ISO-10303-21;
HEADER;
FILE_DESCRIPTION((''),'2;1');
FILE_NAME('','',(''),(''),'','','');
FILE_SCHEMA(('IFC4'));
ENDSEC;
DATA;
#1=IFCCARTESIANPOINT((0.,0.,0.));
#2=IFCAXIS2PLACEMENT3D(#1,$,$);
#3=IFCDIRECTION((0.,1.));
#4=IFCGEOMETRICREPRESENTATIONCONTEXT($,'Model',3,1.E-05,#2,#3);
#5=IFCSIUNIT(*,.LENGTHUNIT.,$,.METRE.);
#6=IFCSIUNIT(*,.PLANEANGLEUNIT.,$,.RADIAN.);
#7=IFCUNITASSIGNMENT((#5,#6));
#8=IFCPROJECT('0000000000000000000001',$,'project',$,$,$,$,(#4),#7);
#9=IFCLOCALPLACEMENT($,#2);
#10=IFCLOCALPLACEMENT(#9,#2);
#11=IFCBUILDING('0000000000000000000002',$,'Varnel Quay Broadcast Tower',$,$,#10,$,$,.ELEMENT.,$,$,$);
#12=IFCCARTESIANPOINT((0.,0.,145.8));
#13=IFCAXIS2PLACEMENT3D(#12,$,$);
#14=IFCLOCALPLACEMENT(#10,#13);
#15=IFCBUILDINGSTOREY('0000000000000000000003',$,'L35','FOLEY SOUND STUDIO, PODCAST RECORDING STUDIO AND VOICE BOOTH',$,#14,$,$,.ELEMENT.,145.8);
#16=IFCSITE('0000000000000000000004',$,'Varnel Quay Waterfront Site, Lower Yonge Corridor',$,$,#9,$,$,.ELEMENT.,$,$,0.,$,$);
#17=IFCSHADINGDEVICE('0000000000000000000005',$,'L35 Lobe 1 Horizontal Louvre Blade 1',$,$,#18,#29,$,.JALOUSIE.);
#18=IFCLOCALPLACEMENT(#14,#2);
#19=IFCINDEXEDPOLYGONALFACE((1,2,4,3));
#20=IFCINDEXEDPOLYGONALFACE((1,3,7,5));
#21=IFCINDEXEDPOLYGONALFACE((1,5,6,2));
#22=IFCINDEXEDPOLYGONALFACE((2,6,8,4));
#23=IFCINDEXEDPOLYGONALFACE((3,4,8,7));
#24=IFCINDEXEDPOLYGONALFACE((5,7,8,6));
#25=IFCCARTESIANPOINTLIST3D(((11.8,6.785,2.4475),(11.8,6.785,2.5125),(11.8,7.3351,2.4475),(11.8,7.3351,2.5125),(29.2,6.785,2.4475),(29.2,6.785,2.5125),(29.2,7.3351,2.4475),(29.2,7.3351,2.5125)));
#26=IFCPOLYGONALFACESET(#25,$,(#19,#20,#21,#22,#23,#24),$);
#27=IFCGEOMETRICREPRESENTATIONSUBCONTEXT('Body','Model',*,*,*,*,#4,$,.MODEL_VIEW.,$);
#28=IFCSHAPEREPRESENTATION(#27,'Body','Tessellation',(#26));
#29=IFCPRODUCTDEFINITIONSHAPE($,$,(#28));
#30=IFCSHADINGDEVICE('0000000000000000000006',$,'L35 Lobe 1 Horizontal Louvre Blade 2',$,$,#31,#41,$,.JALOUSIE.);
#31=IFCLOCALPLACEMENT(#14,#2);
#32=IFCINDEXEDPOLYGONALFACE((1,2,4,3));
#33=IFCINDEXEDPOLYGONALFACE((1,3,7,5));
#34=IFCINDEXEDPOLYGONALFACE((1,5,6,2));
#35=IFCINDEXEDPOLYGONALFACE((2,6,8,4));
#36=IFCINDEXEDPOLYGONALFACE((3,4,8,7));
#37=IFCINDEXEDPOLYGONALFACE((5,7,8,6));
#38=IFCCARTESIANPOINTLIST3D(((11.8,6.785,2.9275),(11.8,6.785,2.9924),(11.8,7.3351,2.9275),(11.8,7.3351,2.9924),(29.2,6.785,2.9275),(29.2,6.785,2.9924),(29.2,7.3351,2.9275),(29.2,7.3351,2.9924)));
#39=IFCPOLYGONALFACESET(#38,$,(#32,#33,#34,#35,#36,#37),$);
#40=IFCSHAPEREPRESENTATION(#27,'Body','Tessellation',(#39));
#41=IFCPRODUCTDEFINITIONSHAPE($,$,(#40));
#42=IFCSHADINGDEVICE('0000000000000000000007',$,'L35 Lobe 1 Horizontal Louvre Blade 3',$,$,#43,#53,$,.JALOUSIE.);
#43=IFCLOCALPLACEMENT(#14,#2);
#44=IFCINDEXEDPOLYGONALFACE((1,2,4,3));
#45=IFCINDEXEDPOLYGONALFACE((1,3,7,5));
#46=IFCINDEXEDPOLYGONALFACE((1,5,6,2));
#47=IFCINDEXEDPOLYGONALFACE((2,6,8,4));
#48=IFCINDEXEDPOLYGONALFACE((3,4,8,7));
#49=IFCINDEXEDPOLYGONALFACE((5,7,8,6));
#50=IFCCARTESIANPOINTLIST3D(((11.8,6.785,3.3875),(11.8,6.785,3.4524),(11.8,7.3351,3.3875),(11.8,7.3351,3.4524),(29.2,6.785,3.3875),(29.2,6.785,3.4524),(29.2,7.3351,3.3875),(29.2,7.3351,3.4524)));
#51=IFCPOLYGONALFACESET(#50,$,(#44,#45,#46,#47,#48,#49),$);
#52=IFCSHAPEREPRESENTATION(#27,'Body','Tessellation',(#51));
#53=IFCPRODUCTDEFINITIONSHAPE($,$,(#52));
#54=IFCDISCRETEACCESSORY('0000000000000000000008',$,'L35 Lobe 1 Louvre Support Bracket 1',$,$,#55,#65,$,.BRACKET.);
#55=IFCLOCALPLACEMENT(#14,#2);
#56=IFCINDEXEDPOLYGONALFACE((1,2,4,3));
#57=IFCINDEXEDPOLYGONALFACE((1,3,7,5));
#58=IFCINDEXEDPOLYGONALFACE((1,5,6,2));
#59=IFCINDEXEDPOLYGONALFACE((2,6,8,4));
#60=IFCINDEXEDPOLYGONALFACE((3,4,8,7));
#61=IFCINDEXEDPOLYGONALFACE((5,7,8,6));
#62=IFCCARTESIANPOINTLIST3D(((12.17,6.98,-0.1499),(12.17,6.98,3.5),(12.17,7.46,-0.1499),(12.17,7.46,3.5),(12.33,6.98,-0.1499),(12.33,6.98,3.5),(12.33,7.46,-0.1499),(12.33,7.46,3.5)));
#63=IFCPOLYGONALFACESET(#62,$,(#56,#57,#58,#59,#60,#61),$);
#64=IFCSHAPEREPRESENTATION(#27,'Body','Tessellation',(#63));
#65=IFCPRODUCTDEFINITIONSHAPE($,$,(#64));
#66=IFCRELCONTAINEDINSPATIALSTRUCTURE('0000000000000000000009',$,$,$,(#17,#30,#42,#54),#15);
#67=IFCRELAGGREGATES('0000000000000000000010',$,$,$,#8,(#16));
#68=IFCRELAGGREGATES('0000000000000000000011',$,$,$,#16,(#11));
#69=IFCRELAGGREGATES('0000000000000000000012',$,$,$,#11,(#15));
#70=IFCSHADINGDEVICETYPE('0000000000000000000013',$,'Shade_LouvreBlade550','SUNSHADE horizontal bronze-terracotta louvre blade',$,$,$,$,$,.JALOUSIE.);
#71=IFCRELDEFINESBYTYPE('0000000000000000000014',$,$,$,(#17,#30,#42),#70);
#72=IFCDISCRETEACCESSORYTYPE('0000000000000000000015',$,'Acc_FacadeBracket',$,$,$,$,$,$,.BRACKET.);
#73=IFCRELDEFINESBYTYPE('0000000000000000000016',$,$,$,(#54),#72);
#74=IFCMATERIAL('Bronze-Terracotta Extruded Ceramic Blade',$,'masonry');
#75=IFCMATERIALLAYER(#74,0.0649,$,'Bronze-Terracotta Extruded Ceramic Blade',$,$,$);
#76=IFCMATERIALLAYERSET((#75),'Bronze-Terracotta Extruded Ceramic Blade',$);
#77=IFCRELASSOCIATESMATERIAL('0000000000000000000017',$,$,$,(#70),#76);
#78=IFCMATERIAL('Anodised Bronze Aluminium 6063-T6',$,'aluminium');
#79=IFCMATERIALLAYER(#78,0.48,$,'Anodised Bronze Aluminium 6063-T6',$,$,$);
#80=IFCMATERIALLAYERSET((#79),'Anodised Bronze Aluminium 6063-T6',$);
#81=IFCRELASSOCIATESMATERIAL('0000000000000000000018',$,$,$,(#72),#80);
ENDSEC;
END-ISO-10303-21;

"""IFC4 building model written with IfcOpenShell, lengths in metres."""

from ifc_helpers import new_model, si_unit, direction, frame, origin, origin_2d, place, context, subcontext, project, spatial, rectangle, extrude, source, transform, mapped, material, layer, layer_set, type_object, type_shapes, element, save


model = new_model("IFC4")

# Units and contexts
model_context = context("Model", 3, precision=1e-05, world=origin(), true_north=direction((0.0, 1.0)))
body_context = subcontext(model_context, "Body", "Model", "MODEL_VIEW")
ifc_project = project(units=[si_unit("LENGTHUNIT", "METRE"), si_unit("PLANEANGLEUNIT", "RADIAN")], contexts=[model_context])

# Site, building, storey
site_placement = place(None, origin())
site = spatial("IfcSite", under=ifc_project, at=site_placement, Name="Varnel Quay Waterfront Site, Lower Yonge Corridor", CompositionType="ELEMENT", RefElevation=0.0)
building_placement = place(site_placement, origin())
building = spatial("IfcBuilding", under=site, at=building_placement, Name="Varnel Quay Broadcast Tower", CompositionType="ELEMENT")
storey_placement = place(building_placement, frame((0.0, 0.0, 145.8)))
storey = spatial("IfcBuildingStorey", under=building, at=storey_placement, Name="L35", Description="FOLEY SOUND STUDIO, PODCAST RECORDING STUDIO AND VOICE BOOTH", CompositionType="ELEMENT", Elevation=145.8)

# Shared definitions
ifc_material_1 = material(Name="Anodised Bronze Aluminium 6063-T6", Category="aluminium")

# Shared definitions
ifc_material_2 = material(Name="Bronze-Terracotta Extruded Ceramic Blade", Category="masonry")

# Shading devices
ifc_layer_1 = layer(ifc_material_2, 0.0649, Name="Bronze-Terracotta Extruded Ceramic Blade")
ifc_layer_set_1 = layer_set([ifc_layer_1], Name="Bronze-Terracotta Extruded Ceramic Blade")
shading_device_type = type_object("IfcShadingDeviceType", Name="Shade_LouvreBlade550", Description="SUNSHADE horizontal bronze-terracotta louvre blade", PredefinedType="JALOUSIE", material=ifc_layer_set_1)
shared_shape_1 = source(origin(), body_context, "Body", "SweptSolid", [
    extrude(rectangle(XDim=17.3999, YDim=0.55, at=origin_2d()), origin(), (0.0, 0.0, 1.0), 0.0649),
])
type_shapes(shading_device_type, [shared_shape_1])
for number, where, z_axis, x_axis, name in (
    (1, (20.5, 7.0601, 2.4475), (0.0, 0.0, 1.0), (1.0, 0.0, 0.0), "L35 Lobe 1 Horizontal Louvre Blade 1"),
    (2, (20.5, 7.0601, 2.9275), (0.0, 0.0, 1.0), (1.0, 0.0, 0.0), "L35 Lobe 1 Horizontal Louvre Blade 2"),
    (3, (20.5, 7.0601, 3.3875), (0.0, 0.0, 1.0), (1.0, 0.0, 0.0), "L35 Lobe 1 Horizontal Louvre Blade 3"),
):
    element("IfcShadingDevice", number, at=place(storey_placement, frame(where, z_axis=z_axis, x_axis=x_axis)), inside=storey, type_object=shading_device_type, Name=name, PredefinedType="JALOUSIE", context=body_context, shape_type="MappedRepresentation", body=[
        mapped(shared_shape_1, transform((0.0, 0.0, 0.0), x_axis=(1.0, 0.0, 0.0), y_axis=(0.0, 1.0, 0.0), z_axis=(0.0, 0.0, 1.0), scale=1.0)),
    ])

# Discrete accessory
ifc_layer_2 = layer(ifc_material_1, 0.48, Name="Anodised Bronze Aluminium 6063-T6")
ifc_layer_set_2 = layer_set([ifc_layer_2], Name="Anodised Bronze Aluminium 6063-T6")
discrete_accessory_type = type_object("IfcDiscreteAccessoryType", Name="Acc_FacadeBracket", PredefinedType="BRACKET", material=ifc_layer_set_2)
shared_shape_2 = source(origin(), body_context, "Body", "SweptSolid", [
    extrude(rectangle(XDim=0.1599, YDim=0.48, at=origin_2d()), origin(), (0.0, 0.0, 1.0), 3.6499),
])
type_shapes(discrete_accessory_type, [shared_shape_2])
discrete_accessory_placement = place(storey_placement, frame((12.25, 7.22, -0.1499), z_axis=(0.0, 0.0, 1.0), x_axis=(1.0, 0.0, 0.0)))
element("IfcDiscreteAccessory", 4, at=discrete_accessory_placement, inside=storey, type_object=discrete_accessory_type, Name="L35 Lobe 1 Louvre Support Bracket 1", PredefinedType="BRACKET", context=body_context, shape_type="MappedRepresentation", body=[
    mapped(shared_shape_2, transform((0.0, 0.0, 0.0), x_axis=(1.0, 0.0, 0.0), y_axis=(0.0, 1.0, 0.0), z_axis=(0.0, 0.0, 1.0), scale=1.0)),
])

save(model, "model.ifc")
